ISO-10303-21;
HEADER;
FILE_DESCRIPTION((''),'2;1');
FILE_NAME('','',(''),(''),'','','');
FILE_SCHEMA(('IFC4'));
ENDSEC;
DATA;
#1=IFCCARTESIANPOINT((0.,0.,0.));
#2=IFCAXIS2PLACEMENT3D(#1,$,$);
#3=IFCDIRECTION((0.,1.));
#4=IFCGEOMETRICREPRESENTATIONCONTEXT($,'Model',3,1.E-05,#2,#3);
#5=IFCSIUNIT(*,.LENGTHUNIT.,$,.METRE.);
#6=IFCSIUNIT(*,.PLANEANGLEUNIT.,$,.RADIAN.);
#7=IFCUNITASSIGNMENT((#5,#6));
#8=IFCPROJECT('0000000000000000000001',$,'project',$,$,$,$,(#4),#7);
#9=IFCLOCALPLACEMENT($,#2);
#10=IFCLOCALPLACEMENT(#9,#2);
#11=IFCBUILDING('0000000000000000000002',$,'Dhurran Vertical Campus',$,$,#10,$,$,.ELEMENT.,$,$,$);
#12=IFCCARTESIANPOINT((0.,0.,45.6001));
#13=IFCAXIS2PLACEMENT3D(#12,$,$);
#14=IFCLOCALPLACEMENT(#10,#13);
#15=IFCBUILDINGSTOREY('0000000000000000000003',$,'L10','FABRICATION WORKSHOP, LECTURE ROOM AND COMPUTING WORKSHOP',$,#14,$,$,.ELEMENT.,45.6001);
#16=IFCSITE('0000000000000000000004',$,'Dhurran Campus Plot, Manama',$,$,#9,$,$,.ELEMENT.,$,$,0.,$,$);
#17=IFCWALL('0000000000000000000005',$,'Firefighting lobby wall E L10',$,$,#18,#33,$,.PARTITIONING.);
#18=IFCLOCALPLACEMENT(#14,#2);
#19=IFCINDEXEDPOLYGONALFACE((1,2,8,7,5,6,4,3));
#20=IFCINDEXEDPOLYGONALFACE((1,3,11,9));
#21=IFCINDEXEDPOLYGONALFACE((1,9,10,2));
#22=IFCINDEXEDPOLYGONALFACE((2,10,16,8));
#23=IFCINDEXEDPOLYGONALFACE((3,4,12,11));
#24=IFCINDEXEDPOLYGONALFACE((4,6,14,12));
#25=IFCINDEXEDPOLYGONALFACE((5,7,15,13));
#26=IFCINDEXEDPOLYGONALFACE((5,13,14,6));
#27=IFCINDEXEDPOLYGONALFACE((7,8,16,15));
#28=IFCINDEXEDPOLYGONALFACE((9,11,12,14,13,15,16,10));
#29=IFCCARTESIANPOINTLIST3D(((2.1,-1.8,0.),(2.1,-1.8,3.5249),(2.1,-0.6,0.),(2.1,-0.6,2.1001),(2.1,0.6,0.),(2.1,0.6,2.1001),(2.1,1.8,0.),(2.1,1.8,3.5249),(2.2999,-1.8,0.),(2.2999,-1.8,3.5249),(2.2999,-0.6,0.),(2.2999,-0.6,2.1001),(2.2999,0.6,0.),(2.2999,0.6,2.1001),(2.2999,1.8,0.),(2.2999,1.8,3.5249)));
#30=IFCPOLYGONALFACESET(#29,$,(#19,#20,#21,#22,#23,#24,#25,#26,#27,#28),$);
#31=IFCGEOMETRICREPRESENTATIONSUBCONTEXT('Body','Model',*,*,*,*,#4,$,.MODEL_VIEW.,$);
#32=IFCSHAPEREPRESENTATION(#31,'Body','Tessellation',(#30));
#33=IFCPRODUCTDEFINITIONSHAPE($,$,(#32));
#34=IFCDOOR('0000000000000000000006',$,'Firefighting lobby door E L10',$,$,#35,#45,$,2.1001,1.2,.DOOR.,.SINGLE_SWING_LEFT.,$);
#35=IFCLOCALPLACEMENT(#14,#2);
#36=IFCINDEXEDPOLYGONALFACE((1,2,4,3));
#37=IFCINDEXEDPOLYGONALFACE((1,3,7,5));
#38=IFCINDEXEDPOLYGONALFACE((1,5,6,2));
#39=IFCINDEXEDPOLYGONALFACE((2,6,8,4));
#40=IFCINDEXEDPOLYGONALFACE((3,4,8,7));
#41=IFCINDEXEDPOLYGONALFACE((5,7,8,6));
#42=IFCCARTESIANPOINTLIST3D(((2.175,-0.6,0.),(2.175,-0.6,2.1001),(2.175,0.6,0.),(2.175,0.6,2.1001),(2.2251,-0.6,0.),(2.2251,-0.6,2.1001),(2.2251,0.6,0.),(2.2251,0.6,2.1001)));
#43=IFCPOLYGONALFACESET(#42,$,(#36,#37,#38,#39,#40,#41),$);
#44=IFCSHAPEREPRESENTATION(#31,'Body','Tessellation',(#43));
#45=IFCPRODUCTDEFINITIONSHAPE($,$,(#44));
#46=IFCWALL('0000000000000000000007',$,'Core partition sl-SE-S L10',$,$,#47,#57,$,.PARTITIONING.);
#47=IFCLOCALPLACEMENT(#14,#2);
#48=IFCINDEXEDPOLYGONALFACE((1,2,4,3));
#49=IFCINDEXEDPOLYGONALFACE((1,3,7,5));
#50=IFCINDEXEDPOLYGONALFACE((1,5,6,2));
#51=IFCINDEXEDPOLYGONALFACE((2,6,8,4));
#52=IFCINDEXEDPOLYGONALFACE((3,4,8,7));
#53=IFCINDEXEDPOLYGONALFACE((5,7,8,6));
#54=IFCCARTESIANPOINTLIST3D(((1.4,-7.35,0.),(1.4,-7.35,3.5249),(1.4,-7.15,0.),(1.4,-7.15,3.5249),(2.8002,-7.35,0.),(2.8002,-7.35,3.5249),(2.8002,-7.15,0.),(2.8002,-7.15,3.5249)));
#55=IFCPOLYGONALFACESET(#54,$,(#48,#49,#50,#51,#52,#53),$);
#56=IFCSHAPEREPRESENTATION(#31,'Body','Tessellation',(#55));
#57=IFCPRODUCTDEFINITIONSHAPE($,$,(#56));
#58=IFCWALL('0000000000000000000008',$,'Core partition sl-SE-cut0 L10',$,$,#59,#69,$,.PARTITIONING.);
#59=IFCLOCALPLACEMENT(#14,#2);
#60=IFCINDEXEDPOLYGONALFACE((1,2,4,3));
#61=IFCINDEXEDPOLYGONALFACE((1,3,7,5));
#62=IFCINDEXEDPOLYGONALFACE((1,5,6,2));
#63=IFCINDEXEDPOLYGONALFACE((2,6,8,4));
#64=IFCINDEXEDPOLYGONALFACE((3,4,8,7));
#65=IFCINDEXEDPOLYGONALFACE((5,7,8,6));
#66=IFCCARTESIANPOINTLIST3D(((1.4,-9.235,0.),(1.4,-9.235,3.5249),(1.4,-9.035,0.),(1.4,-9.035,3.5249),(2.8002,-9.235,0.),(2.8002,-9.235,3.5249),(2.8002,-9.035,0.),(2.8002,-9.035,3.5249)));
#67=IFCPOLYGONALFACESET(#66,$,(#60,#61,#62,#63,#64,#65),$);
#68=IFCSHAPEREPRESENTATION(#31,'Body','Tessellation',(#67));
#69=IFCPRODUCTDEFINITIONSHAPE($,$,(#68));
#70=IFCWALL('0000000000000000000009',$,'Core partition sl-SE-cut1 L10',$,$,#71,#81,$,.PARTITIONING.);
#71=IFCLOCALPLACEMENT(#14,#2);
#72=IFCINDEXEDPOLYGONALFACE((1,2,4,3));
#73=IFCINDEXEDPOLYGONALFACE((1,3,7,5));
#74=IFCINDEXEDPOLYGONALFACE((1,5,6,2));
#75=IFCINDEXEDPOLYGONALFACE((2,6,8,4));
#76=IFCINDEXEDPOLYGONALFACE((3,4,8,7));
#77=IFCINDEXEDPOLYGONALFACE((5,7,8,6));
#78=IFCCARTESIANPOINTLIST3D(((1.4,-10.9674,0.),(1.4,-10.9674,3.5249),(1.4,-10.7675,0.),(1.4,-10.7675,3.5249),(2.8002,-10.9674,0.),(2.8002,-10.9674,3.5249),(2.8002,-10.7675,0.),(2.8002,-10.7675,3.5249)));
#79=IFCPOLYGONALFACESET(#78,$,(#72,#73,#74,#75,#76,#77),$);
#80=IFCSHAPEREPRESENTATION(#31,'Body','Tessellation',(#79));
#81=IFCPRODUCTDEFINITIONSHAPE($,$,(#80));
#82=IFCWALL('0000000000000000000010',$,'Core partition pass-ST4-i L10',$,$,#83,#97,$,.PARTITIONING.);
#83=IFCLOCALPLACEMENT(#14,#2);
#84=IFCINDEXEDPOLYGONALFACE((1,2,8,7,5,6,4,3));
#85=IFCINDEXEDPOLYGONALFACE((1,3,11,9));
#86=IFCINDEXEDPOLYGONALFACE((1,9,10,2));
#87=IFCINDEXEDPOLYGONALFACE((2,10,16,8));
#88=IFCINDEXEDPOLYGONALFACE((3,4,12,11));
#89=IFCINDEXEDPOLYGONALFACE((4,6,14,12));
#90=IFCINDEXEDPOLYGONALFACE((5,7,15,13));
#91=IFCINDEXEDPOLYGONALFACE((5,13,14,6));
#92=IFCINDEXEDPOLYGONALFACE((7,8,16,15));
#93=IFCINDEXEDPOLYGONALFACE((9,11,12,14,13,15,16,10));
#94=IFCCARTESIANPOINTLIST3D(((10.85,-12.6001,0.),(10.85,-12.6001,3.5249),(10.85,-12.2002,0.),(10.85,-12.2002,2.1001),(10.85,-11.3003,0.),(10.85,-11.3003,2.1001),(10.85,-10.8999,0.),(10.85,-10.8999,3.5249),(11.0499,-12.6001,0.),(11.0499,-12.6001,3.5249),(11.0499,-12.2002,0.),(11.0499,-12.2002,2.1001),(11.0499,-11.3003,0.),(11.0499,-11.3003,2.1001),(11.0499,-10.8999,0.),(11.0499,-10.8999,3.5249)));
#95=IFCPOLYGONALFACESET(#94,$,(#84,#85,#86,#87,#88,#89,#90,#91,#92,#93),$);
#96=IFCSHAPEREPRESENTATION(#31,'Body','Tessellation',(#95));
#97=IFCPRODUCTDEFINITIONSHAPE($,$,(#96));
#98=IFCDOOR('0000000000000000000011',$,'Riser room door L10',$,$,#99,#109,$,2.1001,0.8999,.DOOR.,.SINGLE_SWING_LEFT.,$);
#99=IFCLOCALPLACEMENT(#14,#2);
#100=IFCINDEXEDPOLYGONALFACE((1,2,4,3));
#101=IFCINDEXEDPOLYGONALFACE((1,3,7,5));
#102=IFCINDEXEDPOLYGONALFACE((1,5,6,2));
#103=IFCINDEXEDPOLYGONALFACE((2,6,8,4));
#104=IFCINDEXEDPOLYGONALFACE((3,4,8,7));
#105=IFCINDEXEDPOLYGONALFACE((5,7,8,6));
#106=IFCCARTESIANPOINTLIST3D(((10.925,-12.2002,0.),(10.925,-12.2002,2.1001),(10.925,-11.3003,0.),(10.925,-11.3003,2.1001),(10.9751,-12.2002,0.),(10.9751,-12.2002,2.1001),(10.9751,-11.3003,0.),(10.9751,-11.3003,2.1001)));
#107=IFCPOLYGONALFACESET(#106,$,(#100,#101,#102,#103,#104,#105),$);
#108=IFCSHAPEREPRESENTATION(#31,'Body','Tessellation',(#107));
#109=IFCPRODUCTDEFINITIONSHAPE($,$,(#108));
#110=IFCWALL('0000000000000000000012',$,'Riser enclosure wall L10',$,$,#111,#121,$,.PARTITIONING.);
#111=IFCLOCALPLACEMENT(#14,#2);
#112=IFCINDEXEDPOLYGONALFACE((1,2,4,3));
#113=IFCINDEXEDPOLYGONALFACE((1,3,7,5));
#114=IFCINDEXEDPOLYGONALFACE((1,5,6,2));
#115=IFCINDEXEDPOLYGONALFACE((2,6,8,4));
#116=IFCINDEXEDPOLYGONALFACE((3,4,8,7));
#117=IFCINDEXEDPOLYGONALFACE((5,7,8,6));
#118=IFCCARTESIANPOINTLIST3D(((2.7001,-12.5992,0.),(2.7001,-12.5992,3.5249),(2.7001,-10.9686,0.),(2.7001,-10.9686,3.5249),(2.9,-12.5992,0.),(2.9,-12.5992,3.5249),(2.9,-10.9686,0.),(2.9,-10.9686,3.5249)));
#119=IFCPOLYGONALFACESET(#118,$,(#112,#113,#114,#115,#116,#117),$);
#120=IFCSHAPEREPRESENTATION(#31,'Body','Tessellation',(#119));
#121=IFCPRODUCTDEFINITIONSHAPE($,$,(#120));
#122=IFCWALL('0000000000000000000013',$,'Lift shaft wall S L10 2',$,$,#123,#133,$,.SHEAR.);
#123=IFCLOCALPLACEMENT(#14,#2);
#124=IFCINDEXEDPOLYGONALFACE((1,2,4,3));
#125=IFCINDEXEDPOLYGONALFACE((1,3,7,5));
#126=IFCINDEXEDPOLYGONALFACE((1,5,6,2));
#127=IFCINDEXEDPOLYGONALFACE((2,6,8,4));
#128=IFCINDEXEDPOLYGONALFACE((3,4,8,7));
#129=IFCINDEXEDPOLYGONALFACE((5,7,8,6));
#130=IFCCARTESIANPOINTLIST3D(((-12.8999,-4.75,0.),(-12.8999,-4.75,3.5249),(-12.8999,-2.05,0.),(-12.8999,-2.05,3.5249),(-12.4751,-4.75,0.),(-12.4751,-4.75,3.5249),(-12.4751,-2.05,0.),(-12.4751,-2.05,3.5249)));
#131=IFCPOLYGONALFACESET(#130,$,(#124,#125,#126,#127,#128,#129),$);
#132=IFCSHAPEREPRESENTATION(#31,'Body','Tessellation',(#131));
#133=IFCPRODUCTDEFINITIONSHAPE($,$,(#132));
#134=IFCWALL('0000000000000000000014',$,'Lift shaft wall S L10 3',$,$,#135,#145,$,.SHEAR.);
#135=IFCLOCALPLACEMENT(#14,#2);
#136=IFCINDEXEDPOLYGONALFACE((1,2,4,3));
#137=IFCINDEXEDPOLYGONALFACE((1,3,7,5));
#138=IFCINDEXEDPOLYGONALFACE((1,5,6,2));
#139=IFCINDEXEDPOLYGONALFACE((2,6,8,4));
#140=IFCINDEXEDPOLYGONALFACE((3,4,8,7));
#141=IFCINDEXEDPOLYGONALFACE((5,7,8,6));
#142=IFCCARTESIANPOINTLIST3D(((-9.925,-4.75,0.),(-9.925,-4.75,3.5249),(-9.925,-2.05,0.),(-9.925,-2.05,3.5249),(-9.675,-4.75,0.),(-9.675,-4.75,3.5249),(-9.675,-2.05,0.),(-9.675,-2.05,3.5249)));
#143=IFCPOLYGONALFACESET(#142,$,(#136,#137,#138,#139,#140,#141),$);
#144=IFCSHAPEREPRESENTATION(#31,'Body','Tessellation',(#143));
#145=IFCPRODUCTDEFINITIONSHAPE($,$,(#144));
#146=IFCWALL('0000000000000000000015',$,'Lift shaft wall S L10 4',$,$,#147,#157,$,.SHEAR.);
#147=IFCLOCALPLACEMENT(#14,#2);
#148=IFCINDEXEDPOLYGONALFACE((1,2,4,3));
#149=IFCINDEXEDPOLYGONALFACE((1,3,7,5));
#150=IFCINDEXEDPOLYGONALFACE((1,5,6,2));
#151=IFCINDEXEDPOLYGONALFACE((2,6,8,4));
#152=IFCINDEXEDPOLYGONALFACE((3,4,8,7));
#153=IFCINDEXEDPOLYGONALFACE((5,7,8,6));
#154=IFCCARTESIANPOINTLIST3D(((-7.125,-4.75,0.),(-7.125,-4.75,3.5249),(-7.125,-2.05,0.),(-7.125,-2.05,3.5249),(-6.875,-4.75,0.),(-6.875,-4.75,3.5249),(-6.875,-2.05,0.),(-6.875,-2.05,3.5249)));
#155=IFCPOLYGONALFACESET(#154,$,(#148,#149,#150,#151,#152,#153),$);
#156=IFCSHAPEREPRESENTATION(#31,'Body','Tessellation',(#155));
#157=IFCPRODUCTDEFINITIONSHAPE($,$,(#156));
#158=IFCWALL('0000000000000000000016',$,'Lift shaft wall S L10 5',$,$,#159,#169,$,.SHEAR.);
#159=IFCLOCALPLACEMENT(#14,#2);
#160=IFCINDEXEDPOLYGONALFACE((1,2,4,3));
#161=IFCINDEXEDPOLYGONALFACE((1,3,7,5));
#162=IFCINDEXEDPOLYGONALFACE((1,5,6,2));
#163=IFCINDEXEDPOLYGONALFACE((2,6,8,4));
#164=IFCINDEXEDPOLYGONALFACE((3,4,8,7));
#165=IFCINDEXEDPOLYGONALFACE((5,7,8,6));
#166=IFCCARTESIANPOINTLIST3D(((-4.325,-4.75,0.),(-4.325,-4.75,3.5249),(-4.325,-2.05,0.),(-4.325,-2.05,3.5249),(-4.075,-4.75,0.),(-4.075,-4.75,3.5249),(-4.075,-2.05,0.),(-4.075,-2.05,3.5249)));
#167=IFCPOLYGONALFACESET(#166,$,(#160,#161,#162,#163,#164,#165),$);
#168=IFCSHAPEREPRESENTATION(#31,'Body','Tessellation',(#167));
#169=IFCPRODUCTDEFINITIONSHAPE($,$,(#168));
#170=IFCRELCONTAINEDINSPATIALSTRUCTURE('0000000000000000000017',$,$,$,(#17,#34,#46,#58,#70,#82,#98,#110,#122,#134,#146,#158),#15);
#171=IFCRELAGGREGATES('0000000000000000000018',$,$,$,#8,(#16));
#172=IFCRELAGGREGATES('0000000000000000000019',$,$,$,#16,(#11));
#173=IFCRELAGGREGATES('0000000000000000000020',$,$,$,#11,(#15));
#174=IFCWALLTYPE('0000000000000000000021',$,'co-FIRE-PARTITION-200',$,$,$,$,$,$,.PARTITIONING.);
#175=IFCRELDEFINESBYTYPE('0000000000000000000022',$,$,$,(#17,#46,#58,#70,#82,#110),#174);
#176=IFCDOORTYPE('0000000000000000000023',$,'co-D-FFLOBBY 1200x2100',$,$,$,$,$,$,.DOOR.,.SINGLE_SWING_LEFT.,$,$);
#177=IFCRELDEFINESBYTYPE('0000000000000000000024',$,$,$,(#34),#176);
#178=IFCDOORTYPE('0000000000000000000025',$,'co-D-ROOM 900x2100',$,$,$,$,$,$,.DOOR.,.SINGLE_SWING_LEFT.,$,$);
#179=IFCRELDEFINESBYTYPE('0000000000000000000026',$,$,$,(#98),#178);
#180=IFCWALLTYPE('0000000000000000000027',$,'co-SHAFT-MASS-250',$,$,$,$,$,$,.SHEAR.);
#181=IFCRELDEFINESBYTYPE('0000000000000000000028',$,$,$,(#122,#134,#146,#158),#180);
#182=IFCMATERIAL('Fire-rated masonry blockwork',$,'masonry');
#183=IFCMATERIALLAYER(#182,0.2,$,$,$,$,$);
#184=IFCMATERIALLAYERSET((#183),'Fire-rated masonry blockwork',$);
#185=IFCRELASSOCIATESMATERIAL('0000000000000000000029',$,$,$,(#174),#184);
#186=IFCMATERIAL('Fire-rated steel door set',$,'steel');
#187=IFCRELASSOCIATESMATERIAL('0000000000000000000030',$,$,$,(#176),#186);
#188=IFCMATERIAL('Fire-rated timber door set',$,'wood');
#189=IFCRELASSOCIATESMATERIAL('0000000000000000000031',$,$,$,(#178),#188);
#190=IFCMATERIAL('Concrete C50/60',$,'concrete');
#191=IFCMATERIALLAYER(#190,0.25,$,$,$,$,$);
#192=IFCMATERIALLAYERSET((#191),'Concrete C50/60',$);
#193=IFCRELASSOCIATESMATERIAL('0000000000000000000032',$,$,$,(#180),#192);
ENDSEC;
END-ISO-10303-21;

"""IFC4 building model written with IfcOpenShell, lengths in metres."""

from ifc_helpers import new_model, si_unit, direction, frame, frame_2d, origin, place, context, subcontext, project, spatial, polyline, rectangle, outline, extrude, material, layer, layer_set, type_object, element, fill, save


model = new_model("IFC4")

# Units and contexts
model_context = context("Model", 3, precision=1e-05, world=origin(), true_north=direction((0.0, 1.0)))
body_context = subcontext(model_context, "Body", "Model", "MODEL_VIEW")
ifc_project = project(units=[si_unit("LENGTHUNIT", "METRE"), si_unit("PLANEANGLEUNIT", "RADIAN")], contexts=[model_context])

# Site, building, storey
site_placement = place(None, origin())
site = spatial("IfcSite", under=ifc_project, at=site_placement, Name="Dhurran Campus Plot, Manama", CompositionType="ELEMENT", RefElevation=0.0)
building_placement = place(site_placement, origin())
building = spatial("IfcBuilding", under=site, at=building_placement, Name="Dhurran Vertical Campus", CompositionType="ELEMENT")
storey_placement = place(building_placement, frame((0.0, 0.0, 45.6001)))
storey = spatial("IfcBuildingStorey", under=building, at=storey_placement, Name="L10", Description="FABRICATION WORKSHOP, LECTURE ROOM AND COMPUTING WORKSHOP", CompositionType="ELEMENT", Elevation=45.6001)

# Wall, opening, door
ifc_material_1 = material(Name="Fire-rated masonry blockwork", Category="masonry")
ifc_layer_1 = layer(ifc_material_1, 0.2)
ifc_layer_set_1 = layer_set([ifc_layer_1], Name="Fire-rated masonry blockwork")
wall_type_1 = type_object("IfcWallType", Name="co-FIRE-PARTITION-200", PredefinedType="PARTITIONING", material=ifc_layer_set_1)
wall_1_placement = place(storey_placement, frame((2.2, -1.8, 0.0), z_axis=(0.0, 0.0, 1.0), x_axis=(0.0, 1.0, 0.0)))
wall_1 = element("IfcWall", 1, at=wall_1_placement, inside=storey, type_object=wall_type_1, Name="Firefighting lobby wall E L10", PredefinedType="PARTITIONING", context=body_context, shape_type="SweptSolid", body=[
    extrude(rectangle(XDim=3.6001, YDim=0.2, at=frame_2d((1.8, 0.0))), origin(), (0.0, 0.0, 1.0), 3.5249),
])
opening_1_placement = place(wall_1_placement, frame((1.2, 0.0, 0.0)))
opening_1 = element("IfcOpeningElement", 2, at=opening_1_placement, cuts=wall_1, PredefinedType="OPENING", context=body_context, shape_type="SweptSolid", body=[
    extrude(rectangle(XDim=1.2, YDim=2.1001, at=frame_2d((0.6001, 1.05))), frame((0.0, 0.1099, 0.0), z_axis=(0.0, -1.0, 0.0), x_axis=(1.0, 0.0, 0.0)), (0.0, 0.0, 1.0), 0.22),
])
ifc_material_2 = material(Name="Fire-rated steel door set", Category="steel")
door_type_1 = type_object("IfcDoorType", Name="co-D-FFLOBBY 1200x2100", OperationType="SINGLE_SWING_LEFT", PredefinedType="DOOR", material=ifc_material_2)
door_1_placement = place(opening_1_placement, origin())
door_1 = element("IfcDoor", 3, at=door_1_placement, inside=storey, type_object=door_type_1, Name="Firefighting lobby door E L10", OperationType="SINGLE_SWING_LEFT", OverallHeight=2.1001, OverallWidth=1.2, PredefinedType="DOOR", context=body_context, shape_type="SweptSolid", body=[
    extrude(rectangle(XDim=1.2, YDim=2.1001, at=frame_2d((0.6001, 1.05))), frame((0.0, 0.0249, 0.0), z_axis=(0.0, -1.0, 0.0), x_axis=(1.0, 0.0, 0.0)), (0.0, 0.0, 1.0), 0.05),
])
fill(opening_1, door_1)

# Walls
for number, where, z_axis, x_axis, name in (
    (4, (1.3999, -7.25, 0.0), (0.0, 0.0, 1.0), (1.0, 0.0, 0.0), "Core partition sl-SE-S L10"),
    (5, (1.3999, -9.135, 0.0), (0.0, 0.0, 1.0), (1.0, 0.0, 0.0), "Core partition sl-SE-cut0 L10"),
    (6, (1.3999, -10.8674, 0.0), (0.0, 0.0, 1.0), (1.0, 0.0, 0.0), "Core partition sl-SE-cut1 L10"),
):
    element("IfcWall", number, at=place(storey_placement, frame(where, z_axis=z_axis, x_axis=x_axis)), inside=storey, type_object=wall_type_1, Name=name, PredefinedType="PARTITIONING", context=body_context, shape_type="SweptSolid", body=[
        extrude(rectangle(XDim=1.4001, YDim=0.2, at=frame_2d((0.7002, 0.0))), origin(), (0.0, 0.0, 1.0), 3.5249),
    ])

# Wall, opening, door
wall_2_placement = place(storey_placement, frame((10.95, -12.6001, 0.0), z_axis=(0.0, 0.0, 1.0), x_axis=(0.0, 1.0, 0.0)))
wall_2 = element("IfcWall", 7, at=wall_2_placement, inside=storey, type_object=wall_type_1, Name="Core partition pass-ST4-i L10", PredefinedType="PARTITIONING", context=body_context, shape_type="SweptSolid", body=[
    extrude(rectangle(XDim=1.7002, YDim=0.2, at=frame_2d((0.8501, 0.0))), origin(), (0.0, 0.0, 1.0), 3.5249),
])
opening_2_placement = place(wall_2_placement, frame((0.3999, 0.0, 0.0)))
opening_2 = element("IfcOpeningElement", 8, at=opening_2_placement, cuts=wall_2, PredefinedType="OPENING", context=body_context, shape_type="SweptSolid", body=[
    extrude(rectangle(XDim=0.8999, YDim=2.1001, at=frame_2d((0.45, 1.05))), frame((0.0, 0.1099, 0.0), z_axis=(0.0, -1.0, 0.0), x_axis=(1.0, 0.0, 0.0)), (0.0, 0.0, 1.0), 0.22),
])
ifc_material_3 = material(Name="Fire-rated timber door set", Category="wood")
door_type_2 = type_object("IfcDoorType", Name="co-D-ROOM 900x2100", OperationType="SINGLE_SWING_LEFT", PredefinedType="DOOR", material=ifc_material_3)
door_2_placement = place(opening_2_placement, origin())
door_2 = element("IfcDoor", 9, at=door_2_placement, inside=storey, type_object=door_type_2, Name="Riser room door L10", OperationType="SINGLE_SWING_LEFT", OverallHeight=2.1001, OverallWidth=0.8999, PredefinedType="DOOR", context=body_context, shape_type="SweptSolid", body=[
    extrude(rectangle(XDim=0.8999, YDim=2.1001, at=frame_2d((0.45, 1.05))), frame((0.0, 0.0249, 0.0), z_axis=(0.0, -1.0, 0.0), x_axis=(1.0, 0.0, 0.0)), (0.0, 0.0, 1.0), 0.05),
])
fill(opening_2, door_2)

# Walls
wall_3_placement = place(storey_placement, frame((2.8, -10.9685, 0.0), z_axis=(0.0, 0.0, 1.0), x_axis=(0.0, -1.0, 0.0)))
element("IfcWall", 10, at=wall_3_placement, inside=storey, type_object=wall_type_1, Name="Riser enclosure wall L10", PredefinedType="PARTITIONING", context=body_context, shape_type="SweptSolid", body=[
    extrude(rectangle(XDim=1.6306, YDim=0.2, at=frame_2d((0.8154, 0.0))), origin(), (0.0, 0.0, 1.0), 3.5249),
])
ifc_material_4 = material(Name="Concrete C50/60", Category="concrete")
ifc_layer_2 = layer(ifc_material_4, 0.25)
ifc_layer_set_2 = layer_set([ifc_layer_2], Name="Concrete C50/60")
wall_type_2 = type_object("IfcWallType", Name="co-SHAFT-MASS-250", PredefinedType="SHEAR", material=ifc_layer_set_2)
wall_4_placement = place(storey_placement, origin())
element("IfcWall", 11, at=wall_4_placement, inside=storey, type_object=wall_type_2, Name="Lift shaft wall S L10 2", PredefinedType="SHEAR", context=body_context, shape_type="SweptSolid", body=[
    extrude(outline(polyline([(-12.8999, -4.75), (-12.4751, -4.75), (-12.4751, -2.05), (-12.8999, -2.05), (-12.8999, -4.75)])), origin(), (0.0, 0.0, 1.0), 3.5249),
])
wall_5_placement = place(storey_placement, origin())
element("IfcWall", 12, at=wall_5_placement, inside=storey, type_object=wall_type_2, Name="Lift shaft wall S L10 3", PredefinedType="SHEAR", context=body_context, shape_type="SweptSolid", body=[
    extrude(outline(polyline([(-9.925, -4.75), (-9.675, -4.75), (-9.675, -2.05), (-9.925, -2.05), (-9.925, -4.75)])), origin(), (0.0, 0.0, 1.0), 3.5249),
])
wall_6_placement = place(storey_placement, origin())
element("IfcWall", 13, at=wall_6_placement, inside=storey, type_object=wall_type_2, Name="Lift shaft wall S L10 4", PredefinedType="SHEAR", context=body_context, shape_type="SweptSolid", body=[
    extrude(outline(polyline([(-7.125, -4.75), (-6.875, -4.75), (-6.875, -2.05), (-7.125, -2.05), (-7.125, -4.75)])), origin(), (0.0, 0.0, 1.0), 3.5249),
])
wall_7_placement = place(storey_placement, origin())
element("IfcWall", 14, at=wall_7_placement, inside=storey, type_object=wall_type_2, Name="Lift shaft wall S L10 5", PredefinedType="SHEAR", context=body_context, shape_type="SweptSolid", body=[
    extrude(outline(polyline([(-4.325, -4.75), (-4.075, -4.75), (-4.075, -2.05), (-4.325, -2.05), (-4.325, -4.75)])), origin(), (0.0, 0.0, 1.0), 3.5249),
])

save(model, "model.ifc")
